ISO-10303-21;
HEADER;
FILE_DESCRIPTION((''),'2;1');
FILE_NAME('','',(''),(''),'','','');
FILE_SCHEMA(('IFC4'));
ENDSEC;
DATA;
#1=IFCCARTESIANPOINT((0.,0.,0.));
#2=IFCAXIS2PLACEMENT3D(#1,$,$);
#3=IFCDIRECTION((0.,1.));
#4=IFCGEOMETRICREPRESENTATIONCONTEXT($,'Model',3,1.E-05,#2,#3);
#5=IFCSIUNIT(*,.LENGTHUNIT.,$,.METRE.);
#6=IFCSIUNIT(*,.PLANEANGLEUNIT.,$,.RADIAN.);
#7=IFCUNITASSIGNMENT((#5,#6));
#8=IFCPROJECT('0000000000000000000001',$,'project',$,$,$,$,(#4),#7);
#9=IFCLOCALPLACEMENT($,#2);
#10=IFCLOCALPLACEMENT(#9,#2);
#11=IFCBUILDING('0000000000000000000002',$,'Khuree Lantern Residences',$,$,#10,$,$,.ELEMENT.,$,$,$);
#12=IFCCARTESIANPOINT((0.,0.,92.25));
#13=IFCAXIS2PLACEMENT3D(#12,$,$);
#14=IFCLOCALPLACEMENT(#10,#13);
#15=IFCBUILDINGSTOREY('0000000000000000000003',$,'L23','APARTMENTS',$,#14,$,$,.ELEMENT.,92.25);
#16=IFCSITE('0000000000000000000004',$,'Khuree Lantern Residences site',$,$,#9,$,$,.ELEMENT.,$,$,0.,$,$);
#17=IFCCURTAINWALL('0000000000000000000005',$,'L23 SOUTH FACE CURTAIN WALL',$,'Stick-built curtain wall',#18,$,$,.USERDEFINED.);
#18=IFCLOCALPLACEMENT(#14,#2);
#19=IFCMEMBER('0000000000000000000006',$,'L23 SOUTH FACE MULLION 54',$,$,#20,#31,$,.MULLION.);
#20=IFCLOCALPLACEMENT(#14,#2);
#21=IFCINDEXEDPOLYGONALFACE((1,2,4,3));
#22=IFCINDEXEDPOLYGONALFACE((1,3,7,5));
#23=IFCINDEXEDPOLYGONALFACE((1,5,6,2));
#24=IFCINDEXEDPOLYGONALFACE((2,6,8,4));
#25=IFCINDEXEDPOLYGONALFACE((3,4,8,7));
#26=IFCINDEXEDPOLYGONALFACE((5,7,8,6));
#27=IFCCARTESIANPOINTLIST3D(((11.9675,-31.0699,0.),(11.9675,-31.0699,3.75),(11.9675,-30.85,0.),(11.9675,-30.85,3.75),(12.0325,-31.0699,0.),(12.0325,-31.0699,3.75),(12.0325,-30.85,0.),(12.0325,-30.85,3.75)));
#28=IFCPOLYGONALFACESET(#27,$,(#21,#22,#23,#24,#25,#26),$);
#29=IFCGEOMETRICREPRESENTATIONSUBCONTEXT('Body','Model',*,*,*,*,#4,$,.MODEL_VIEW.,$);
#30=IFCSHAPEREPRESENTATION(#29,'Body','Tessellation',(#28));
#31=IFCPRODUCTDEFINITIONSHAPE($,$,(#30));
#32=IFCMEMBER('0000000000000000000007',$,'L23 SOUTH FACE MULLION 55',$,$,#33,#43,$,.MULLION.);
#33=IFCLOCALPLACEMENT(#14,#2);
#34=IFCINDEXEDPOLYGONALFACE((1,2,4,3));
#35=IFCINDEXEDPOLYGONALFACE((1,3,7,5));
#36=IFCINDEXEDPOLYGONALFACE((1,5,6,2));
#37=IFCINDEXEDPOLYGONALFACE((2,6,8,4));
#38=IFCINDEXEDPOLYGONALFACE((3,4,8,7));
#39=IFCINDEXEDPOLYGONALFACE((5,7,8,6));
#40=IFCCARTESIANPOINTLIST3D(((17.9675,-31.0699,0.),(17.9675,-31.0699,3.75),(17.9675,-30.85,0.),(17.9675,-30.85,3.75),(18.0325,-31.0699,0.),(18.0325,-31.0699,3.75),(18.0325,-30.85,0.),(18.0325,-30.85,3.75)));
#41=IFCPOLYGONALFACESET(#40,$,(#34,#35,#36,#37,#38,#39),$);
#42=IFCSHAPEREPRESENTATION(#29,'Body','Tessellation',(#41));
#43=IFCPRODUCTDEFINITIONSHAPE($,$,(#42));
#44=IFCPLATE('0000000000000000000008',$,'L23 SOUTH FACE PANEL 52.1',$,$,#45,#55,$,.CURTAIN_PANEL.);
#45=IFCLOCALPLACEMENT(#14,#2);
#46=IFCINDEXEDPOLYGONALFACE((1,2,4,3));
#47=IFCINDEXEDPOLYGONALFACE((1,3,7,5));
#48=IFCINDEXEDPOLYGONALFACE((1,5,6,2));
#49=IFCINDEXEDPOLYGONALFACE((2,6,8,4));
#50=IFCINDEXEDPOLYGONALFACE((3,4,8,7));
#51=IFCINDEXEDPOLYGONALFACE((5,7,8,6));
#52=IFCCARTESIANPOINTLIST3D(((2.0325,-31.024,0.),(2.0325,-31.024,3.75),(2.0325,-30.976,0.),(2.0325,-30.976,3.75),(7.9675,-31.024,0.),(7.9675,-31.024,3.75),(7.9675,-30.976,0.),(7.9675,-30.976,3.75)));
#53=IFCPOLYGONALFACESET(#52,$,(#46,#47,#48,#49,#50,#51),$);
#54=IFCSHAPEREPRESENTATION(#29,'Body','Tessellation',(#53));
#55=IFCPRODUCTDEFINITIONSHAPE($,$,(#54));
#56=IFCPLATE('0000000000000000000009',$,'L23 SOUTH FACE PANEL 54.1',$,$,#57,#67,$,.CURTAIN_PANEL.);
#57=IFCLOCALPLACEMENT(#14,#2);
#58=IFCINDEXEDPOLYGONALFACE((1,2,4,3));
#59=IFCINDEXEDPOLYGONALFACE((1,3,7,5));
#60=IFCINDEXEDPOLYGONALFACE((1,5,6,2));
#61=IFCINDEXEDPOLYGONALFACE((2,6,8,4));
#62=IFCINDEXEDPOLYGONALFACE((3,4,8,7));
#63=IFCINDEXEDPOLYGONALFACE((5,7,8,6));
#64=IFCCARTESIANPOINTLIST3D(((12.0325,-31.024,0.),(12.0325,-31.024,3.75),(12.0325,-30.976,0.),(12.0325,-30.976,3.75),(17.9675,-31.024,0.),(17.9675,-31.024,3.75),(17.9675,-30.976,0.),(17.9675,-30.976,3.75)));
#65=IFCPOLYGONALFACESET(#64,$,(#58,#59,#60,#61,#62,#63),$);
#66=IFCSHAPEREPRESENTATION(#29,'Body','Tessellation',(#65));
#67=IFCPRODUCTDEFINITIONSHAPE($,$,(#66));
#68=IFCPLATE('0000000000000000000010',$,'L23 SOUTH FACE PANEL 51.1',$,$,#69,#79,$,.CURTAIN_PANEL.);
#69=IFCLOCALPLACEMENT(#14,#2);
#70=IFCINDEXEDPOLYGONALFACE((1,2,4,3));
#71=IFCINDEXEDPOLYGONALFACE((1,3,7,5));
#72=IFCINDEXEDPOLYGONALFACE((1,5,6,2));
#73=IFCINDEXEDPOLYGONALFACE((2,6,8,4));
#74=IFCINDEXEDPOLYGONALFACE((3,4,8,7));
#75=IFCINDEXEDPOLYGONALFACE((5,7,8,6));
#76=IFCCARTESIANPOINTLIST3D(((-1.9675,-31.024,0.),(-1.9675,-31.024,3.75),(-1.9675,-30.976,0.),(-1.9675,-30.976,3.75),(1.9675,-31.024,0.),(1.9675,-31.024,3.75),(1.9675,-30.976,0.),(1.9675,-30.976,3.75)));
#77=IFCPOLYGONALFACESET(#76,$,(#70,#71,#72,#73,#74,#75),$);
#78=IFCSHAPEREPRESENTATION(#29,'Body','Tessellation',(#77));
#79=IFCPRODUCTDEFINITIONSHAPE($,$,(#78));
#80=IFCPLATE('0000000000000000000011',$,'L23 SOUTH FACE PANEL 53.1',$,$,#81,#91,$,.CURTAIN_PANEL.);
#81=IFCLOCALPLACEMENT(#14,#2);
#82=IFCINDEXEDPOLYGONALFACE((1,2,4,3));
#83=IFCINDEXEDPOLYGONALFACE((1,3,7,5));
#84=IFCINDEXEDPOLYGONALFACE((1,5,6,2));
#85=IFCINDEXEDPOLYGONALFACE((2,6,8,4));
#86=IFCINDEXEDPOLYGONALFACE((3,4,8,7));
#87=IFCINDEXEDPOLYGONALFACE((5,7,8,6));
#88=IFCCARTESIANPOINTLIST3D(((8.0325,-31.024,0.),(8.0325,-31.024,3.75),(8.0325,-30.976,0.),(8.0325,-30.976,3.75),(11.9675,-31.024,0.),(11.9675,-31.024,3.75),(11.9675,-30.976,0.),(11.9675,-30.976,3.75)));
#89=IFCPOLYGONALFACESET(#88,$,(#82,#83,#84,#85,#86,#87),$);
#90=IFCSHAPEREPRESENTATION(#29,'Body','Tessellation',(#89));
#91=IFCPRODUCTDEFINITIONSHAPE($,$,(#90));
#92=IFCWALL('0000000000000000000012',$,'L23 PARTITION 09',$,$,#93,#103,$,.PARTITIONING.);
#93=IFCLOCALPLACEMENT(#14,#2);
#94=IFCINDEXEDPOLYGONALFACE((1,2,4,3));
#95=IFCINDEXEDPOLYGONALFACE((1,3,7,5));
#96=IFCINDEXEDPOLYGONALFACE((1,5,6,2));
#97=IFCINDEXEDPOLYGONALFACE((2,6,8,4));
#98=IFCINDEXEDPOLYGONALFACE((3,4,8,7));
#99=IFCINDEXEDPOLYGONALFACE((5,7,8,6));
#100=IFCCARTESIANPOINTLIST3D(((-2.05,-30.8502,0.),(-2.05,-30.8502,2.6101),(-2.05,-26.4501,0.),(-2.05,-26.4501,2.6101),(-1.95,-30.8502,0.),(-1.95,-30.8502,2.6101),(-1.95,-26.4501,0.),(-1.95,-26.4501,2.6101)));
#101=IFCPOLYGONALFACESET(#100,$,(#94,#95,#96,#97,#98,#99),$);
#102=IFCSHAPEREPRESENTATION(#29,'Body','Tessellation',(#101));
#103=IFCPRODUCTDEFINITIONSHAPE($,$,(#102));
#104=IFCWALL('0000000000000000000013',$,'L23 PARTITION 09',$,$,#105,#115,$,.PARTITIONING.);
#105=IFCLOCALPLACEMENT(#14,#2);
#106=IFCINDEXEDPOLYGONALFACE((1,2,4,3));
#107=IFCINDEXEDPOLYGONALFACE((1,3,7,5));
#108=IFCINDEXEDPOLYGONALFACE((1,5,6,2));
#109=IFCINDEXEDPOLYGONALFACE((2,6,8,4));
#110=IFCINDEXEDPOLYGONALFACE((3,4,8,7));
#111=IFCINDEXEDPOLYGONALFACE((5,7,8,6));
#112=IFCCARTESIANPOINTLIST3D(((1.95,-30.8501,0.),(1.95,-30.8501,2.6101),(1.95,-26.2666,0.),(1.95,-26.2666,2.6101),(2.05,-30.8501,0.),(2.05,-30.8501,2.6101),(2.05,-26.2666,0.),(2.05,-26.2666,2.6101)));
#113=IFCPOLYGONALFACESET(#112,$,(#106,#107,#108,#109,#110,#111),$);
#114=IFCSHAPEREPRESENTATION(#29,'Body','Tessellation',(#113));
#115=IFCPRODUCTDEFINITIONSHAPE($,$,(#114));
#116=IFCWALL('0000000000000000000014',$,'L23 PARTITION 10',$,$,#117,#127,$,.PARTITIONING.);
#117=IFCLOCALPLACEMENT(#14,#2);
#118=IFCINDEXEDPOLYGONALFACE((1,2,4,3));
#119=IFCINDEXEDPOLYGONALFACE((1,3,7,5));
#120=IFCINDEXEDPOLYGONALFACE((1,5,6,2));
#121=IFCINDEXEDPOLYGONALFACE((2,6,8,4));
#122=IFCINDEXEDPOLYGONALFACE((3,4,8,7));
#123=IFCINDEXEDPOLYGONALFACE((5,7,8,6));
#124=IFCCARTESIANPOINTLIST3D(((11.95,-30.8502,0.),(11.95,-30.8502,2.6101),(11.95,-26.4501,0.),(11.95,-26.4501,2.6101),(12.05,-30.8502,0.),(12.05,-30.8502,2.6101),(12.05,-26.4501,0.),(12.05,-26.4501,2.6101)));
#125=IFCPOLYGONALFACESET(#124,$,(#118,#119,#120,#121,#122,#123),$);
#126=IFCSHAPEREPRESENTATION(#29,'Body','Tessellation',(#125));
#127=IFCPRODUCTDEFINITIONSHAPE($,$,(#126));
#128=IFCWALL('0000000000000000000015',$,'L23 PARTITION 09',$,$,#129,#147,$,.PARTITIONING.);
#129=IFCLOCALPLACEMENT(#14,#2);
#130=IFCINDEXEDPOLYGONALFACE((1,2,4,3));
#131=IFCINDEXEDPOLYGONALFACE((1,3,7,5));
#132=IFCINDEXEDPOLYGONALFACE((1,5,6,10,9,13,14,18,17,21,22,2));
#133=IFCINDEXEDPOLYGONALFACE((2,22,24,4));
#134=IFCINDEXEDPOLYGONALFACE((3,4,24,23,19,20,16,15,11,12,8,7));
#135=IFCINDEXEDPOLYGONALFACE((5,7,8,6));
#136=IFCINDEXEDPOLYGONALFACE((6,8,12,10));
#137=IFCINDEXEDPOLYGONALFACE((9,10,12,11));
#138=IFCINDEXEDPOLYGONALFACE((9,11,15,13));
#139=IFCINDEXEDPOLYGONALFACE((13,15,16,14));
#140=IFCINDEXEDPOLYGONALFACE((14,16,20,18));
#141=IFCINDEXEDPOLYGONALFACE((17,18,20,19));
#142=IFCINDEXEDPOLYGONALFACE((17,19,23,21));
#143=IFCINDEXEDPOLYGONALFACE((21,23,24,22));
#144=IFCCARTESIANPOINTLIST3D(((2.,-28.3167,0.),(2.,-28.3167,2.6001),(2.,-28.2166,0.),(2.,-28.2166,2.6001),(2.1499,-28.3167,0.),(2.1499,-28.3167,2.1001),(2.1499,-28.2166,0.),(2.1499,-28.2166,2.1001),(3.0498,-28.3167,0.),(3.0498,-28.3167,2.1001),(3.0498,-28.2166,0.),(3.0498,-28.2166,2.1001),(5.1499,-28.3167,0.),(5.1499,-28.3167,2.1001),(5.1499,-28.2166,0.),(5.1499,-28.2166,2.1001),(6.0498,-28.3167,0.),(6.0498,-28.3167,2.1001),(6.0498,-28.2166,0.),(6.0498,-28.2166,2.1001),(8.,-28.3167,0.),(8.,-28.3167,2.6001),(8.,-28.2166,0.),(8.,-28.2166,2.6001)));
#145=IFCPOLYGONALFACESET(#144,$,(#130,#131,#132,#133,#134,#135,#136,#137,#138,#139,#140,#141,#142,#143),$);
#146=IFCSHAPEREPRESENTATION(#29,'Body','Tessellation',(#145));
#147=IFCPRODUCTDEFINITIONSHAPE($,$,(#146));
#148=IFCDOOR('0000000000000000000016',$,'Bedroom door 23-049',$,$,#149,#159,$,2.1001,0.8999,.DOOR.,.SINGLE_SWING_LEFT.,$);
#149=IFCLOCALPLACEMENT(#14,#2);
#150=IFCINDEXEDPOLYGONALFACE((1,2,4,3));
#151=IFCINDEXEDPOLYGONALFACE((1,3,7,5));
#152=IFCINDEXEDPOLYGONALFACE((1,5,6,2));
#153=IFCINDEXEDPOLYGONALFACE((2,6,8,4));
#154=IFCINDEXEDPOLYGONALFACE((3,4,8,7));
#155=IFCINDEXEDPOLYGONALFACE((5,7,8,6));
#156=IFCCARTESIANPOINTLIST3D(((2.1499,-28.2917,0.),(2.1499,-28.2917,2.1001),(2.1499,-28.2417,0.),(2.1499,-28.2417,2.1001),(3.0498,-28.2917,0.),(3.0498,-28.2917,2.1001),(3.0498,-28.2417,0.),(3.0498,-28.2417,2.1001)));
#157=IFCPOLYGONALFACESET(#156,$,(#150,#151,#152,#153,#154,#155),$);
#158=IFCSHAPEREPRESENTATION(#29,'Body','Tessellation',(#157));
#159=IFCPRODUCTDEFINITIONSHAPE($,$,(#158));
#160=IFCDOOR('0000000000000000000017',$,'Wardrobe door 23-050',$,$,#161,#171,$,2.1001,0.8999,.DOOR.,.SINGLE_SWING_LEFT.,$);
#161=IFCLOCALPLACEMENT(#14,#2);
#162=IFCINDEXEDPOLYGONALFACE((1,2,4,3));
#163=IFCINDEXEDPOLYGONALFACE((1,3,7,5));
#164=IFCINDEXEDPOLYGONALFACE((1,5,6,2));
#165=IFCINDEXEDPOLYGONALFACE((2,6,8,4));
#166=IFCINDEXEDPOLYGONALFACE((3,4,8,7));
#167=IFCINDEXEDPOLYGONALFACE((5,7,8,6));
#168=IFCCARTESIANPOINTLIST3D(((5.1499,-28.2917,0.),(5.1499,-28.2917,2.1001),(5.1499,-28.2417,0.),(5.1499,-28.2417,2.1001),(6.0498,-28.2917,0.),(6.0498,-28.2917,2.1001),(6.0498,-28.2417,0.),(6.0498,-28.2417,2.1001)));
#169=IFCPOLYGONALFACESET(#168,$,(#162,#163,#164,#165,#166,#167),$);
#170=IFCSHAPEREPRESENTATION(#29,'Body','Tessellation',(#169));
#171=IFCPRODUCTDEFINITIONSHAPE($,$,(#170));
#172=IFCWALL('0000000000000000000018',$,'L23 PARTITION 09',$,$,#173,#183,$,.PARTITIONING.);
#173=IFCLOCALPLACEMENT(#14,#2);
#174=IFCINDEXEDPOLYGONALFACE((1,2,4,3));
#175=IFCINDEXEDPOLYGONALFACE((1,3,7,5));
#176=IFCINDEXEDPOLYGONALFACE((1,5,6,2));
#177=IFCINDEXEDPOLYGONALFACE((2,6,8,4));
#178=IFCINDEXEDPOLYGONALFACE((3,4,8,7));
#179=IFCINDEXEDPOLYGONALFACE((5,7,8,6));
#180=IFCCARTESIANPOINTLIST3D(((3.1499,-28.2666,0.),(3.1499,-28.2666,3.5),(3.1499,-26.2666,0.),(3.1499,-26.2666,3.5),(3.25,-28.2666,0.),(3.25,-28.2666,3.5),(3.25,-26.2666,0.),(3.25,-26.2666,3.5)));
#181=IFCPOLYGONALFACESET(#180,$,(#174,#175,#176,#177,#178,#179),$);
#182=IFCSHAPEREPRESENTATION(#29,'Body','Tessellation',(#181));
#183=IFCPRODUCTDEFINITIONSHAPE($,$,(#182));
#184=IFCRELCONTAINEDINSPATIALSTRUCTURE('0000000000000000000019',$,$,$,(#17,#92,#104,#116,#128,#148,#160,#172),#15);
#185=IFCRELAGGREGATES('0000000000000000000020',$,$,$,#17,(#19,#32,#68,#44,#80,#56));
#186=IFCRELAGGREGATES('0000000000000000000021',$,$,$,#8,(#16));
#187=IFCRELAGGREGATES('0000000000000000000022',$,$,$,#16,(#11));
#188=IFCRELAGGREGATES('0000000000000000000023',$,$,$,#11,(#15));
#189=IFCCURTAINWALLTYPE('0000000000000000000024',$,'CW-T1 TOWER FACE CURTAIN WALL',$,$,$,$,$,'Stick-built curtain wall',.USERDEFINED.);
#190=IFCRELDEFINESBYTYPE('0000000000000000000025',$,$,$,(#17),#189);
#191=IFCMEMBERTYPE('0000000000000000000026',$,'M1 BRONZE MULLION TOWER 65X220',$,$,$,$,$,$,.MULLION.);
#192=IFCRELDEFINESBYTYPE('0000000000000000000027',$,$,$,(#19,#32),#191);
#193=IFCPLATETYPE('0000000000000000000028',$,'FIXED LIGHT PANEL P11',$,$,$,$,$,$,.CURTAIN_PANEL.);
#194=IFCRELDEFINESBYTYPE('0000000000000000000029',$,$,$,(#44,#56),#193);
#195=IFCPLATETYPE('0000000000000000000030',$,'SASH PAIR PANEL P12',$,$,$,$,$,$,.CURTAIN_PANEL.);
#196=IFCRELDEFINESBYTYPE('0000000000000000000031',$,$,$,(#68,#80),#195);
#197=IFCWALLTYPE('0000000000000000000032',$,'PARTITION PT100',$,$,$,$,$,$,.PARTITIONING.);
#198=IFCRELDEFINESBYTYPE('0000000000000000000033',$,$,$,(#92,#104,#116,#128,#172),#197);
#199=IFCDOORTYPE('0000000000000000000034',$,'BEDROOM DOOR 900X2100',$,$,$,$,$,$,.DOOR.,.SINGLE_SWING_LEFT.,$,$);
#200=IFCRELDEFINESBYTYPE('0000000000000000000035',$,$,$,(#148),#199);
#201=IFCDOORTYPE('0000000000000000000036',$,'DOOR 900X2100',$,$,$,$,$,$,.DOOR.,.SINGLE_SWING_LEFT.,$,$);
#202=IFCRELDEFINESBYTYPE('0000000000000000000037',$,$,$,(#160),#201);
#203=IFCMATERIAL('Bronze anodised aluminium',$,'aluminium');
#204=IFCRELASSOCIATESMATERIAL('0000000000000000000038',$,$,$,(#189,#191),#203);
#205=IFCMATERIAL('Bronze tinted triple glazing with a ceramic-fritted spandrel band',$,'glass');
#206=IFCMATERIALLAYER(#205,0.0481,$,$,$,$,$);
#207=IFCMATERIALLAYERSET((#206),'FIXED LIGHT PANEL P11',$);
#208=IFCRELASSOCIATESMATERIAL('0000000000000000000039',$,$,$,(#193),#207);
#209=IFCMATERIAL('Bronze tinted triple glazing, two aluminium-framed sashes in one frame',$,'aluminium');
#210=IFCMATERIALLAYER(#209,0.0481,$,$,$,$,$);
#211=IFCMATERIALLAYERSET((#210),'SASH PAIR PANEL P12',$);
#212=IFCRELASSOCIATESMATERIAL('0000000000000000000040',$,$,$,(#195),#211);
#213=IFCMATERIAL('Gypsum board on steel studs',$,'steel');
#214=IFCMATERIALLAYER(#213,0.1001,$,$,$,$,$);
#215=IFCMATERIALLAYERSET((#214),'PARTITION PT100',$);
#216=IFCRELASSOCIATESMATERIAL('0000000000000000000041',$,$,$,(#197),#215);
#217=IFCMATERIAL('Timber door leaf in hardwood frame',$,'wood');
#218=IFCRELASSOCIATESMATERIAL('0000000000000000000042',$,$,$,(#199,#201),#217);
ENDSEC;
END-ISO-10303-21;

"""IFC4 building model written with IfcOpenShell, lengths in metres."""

from ifc_helpers import new_model, si_unit, direction, frame, frame_2d, origin, origin_2d, place, context, subcontext, project, spatial, rectangle, extrude, material, layer, layer_set, material_profile, profile_set, type_object, element, fill, aggregate, save


model = new_model("IFC4")

# Units and contexts
model_context = context("Model", 3, precision=1e-05, world=origin(), true_north=direction((0.0, 1.0)))
body_context = subcontext(model_context, "Body", "Model", "MODEL_VIEW")
ifc_project = project(units=[si_unit("LENGTHUNIT", "METRE"), si_unit("PLANEANGLEUNIT", "RADIAN")], contexts=[model_context])

# Site, building, storey
site_placement = place(None, origin())
site = spatial("IfcSite", under=ifc_project, at=site_placement, Name="Khuree Lantern Residences site", CompositionType="ELEMENT", RefElevation=0.0)
building_placement = place(site_placement, origin())
building = spatial("IfcBuilding", under=site, at=building_placement, Name="Khuree Lantern Residences", CompositionType="ELEMENT")
storey_placement = place(building_placement, frame((0.0, 0.0, 92.25)))
storey = spatial("IfcBuildingStorey", under=building, at=storey_placement, Name="L23", Description="APARTMENTS", CompositionType="ELEMENT", Elevation=92.25)

# Curtain wall
ifc_material_1 = material(Name="Bronze anodised aluminium", Category="aluminium")
curtain_wall_type = type_object("IfcCurtainWallType", Name="CW-T1 TOWER FACE CURTAIN WALL", ElementType="Stick-built curtain wall", PredefinedType="USERDEFINED", material=ifc_material_1)
curtain_wall_placement = place(storey_placement, origin())
curtain_wall = element("IfcCurtainWall", 1, at=curtain_wall_placement, inside=storey, type_object=curtain_wall_type, Name="L23 SOUTH FACE CURTAIN WALL", ObjectType="Stick-built curtain wall", PredefinedType="USERDEFINED")

# Members
ifc_material_profile_1 = material_profile(ifc_material_1, rectangle(XDim=0.0649, YDim=0.22, at=origin_2d()), Name="M1 65X220")
ifc_profile_set_1 = profile_set([ifc_material_profile_1], Name="Bronze anodised aluminium")
member_type_1 = type_object("IfcMemberType", Name="M1 BRONZE MULLION TOWER 65X220", PredefinedType="MULLION", material=ifc_profile_set_1)
member_1_placement = place(storey_placement, frame((12.0, -30.96, 0.0), z_axis=(0.0, 0.0, 1.0), x_axis=(1.0, 0.0, 0.0)))
member_1 = element("IfcMember", 2, at=member_1_placement, type_object=member_type_1, Name="L23 SOUTH FACE MULLION 54", PredefinedType="MULLION", context=body_context, shape_type="SweptSolid", body=[
    extrude(rectangle(XDim=0.0649, YDim=0.22, at=origin_2d()), origin(), (0.0, 0.0, 1.0), 3.75),
])
member_2_placement = place(storey_placement, frame((18.0, -30.96, 0.0), z_axis=(0.0, 0.0, 1.0), x_axis=(1.0, 0.0, 0.0)))
member_2 = element("IfcMember", 3, at=member_2_placement, type_object=member_type_1, Name="L23 SOUTH FACE MULLION 55", PredefinedType="MULLION", context=body_context, shape_type="SweptSolid", body=[
    extrude(rectangle(XDim=0.0649, YDim=0.22, at=origin_2d()), origin(), (0.0, 0.0, 1.0), 3.75),
])

# Plates
ifc_material_2 = material(Name="Bronze tinted triple glazing with a ceramic-fritted spandrel band", Category="glass")
ifc_layer_1 = layer(ifc_material_2, 0.0481)
ifc_layer_set_1 = layer_set([ifc_layer_1], Name="FIXED LIGHT PANEL P11")
plate_type_1 = type_object("IfcPlateType", Name="FIXED LIGHT PANEL P11", PredefinedType="CURTAIN_PANEL", material=ifc_layer_set_1)
plate_1_placement = place(storey_placement, frame((5.0, -31.0, 0.0), z_axis=(0.0, 0.0, 1.0), x_axis=(1.0, 0.0, 0.0)))
plate_1 = element("IfcPlate", 4, at=plate_1_placement, type_object=plate_type_1, Name="L23 SOUTH FACE PANEL 52.1", PredefinedType="CURTAIN_PANEL", context=body_context, shape_type="SweptSolid", body=[
    extrude(rectangle(XDim=5.9351, YDim=0.0481, at=origin_2d()), origin(), (0.0, 0.0, 1.0), 3.75),
])
plate_2_placement = place(storey_placement, frame((15.0, -31.0, 0.0), z_axis=(0.0, 0.0, 1.0), x_axis=(1.0, 0.0, 0.0)))
plate_2 = element("IfcPlate", 5, at=plate_2_placement, type_object=plate_type_1, Name="L23 SOUTH FACE PANEL 54.1", PredefinedType="CURTAIN_PANEL", context=body_context, shape_type="SweptSolid", body=[
    extrude(rectangle(XDim=5.9351, YDim=0.0481, at=origin_2d()), origin(), (0.0, 0.0, 1.0), 3.75),
])
ifc_material_3 = material(Name="Bronze tinted triple glazing, two aluminium-framed sashes in one frame", Category="aluminium")
ifc_layer_2 = layer(ifc_material_3, 0.0481)
ifc_layer_set_2 = layer_set([ifc_layer_2], Name="SASH PAIR PANEL P12")
plate_type_2 = type_object("IfcPlateType", Name="SASH PAIR PANEL P12", PredefinedType="CURTAIN_PANEL", material=ifc_layer_set_2)
plate_3_placement = place(storey_placement, frame((0.0, -31.0, 0.0), z_axis=(0.0, 0.0, 1.0), x_axis=(1.0, 0.0, 0.0)))
plate_3 = element("IfcPlate", 6, at=plate_3_placement, type_object=plate_type_2, Name="L23 SOUTH FACE PANEL 51.1", PredefinedType="CURTAIN_PANEL", context=body_context, shape_type="SweptSolid", body=[
    extrude(rectangle(XDim=3.9351, YDim=0.0481, at=origin_2d()), origin(), (0.0, 0.0, 1.0), 3.75),
])
plate_4_placement = place(storey_placement, frame((10.0, -31.0, 0.0), z_axis=(0.0, 0.0, 1.0), x_axis=(1.0, 0.0, 0.0)))
plate_4 = element("IfcPlate", 7, at=plate_4_placement, type_object=plate_type_2, Name="L23 SOUTH FACE PANEL 53.1", PredefinedType="CURTAIN_PANEL", context=body_context, shape_type="SweptSolid", body=[
    extrude(rectangle(XDim=3.9351, YDim=0.0481, at=origin_2d()), origin(), (0.0, 0.0, 1.0), 3.75),
])
aggregate(curtain_wall, [member_1, member_2, plate_3, plate_1, plate_4, plate_2])

# Walls
ifc_material_4 = material(Name="Gypsum board on steel studs", Category="steel")
ifc_layer_3 = layer(ifc_material_4, 0.1001)
ifc_layer_set_3 = layer_set([ifc_layer_3], Name="PARTITION PT100")
wall_type = type_object("IfcWallType", Name="PARTITION PT100", PredefinedType="PARTITIONING", material=ifc_layer_set_3)
wall_1_placement = place(storey_placement, frame((-2.0, -26.45, 0.0), z_axis=(0.0, 0.0, 1.0), x_axis=(0.0, -1.0, 0.0)))
element("IfcWall", 8, at=wall_1_placement, inside=storey, type_object=wall_type, Name="L23 PARTITION 09", PredefinedType="PARTITIONING", context=body_context, shape_type="SweptSolid", body=[
    extrude(rectangle(XDim=4.4001, YDim=0.1001, at=frame_2d((2.2002, 0.0))), origin(), (0.0, 0.0, 1.0), 2.6101),
])
wall_2_placement = place(storey_placement, frame((2.0, -26.2666, 0.0), z_axis=(0.0, 0.0, 1.0), x_axis=(0.0, -1.0, 0.0)))
element("IfcWall", 9, at=wall_2_placement, inside=storey, type_object=wall_type, Name="L23 PARTITION 09", PredefinedType="PARTITIONING", context=body_context, shape_type="SweptSolid", body=[
    extrude(rectangle(XDim=4.5835, YDim=0.1001, at=frame_2d((2.2917, 0.0))), origin(), (0.0, 0.0, 1.0), 2.6101),
])
wall_3_placement = place(storey_placement, frame((12.0, -26.45, 0.0), z_axis=(0.0, 0.0, 1.0), x_axis=(0.0, -1.0, 0.0)))
element("IfcWall", 10, at=wall_3_placement, inside=storey, type_object=wall_type, Name="L23 PARTITION 10", PredefinedType="PARTITIONING", context=body_context, shape_type="SweptSolid", body=[
    extrude(rectangle(XDim=4.4001, YDim=0.1001, at=frame_2d((2.2002, 0.0))), origin(), (0.0, 0.0, 1.0), 2.6101),
])

# Wall, openings, doors
wall_4_placement = place(storey_placement, frame((2.0, -28.2666, 0.0), z_axis=(0.0, 0.0, 1.0), x_axis=(1.0, 0.0, 0.0)))
wall_4 = element("IfcWall", 11, at=wall_4_placement, inside=storey, type_object=wall_type, Name="L23 PARTITION 09", PredefinedType="PARTITIONING", context=body_context, shape_type="SweptSolid", body=[
    extrude(rectangle(XDim=6.0, YDim=0.1001, at=frame_2d((3.0, 0.0))), origin(), (0.0, 0.0, 1.0), 2.6001),
])
opening_1_placement = place(wall_4_placement, frame((0.1499, 0.0, 0.0)))
opening_1 = element("IfcOpeningElement", 12, at=opening_1_placement, cuts=wall_4, PredefinedType="OPENING", context=body_context, shape_type="SweptSolid", body=[
    extrude(rectangle(XDim=0.8999, YDim=2.1001, at=frame_2d((0.45, 1.05))), frame((0.0, 0.0601, 0.0), z_axis=(0.0, -1.0, 0.0), x_axis=(1.0, 0.0, 0.0)), (0.0, 0.0, 1.0), 0.1201),
])
opening_2_placement = place(wall_4_placement, frame((3.1499, 0.0, 0.0)))
opening_2 = element("IfcOpeningElement", 13, at=opening_2_placement, cuts=wall_4, PredefinedType="OPENING", context=body_context, shape_type="SweptSolid", body=[
    extrude(rectangle(XDim=0.8999, YDim=2.1001, at=frame_2d((0.45, 1.05))), frame((0.0, 0.0601, 0.0), z_axis=(0.0, -1.0, 0.0), x_axis=(1.0, 0.0, 0.0)), (0.0, 0.0, 1.0), 0.1201),
])
ifc_material_5 = material(Name="Timber door leaf in hardwood frame", Category="wood")
door_type_1 = type_object("IfcDoorType", Name="BEDROOM DOOR 900X2100", OperationType="SINGLE_SWING_LEFT", PredefinedType="DOOR", material=ifc_material_5)
door_1_placement = place(opening_1_placement, origin())
door_1 = element("IfcDoor", 14, at=door_1_placement, inside=storey, type_object=door_type_1, Name="Bedroom door 23-049", OperationType="SINGLE_SWING_LEFT", OverallHeight=2.1001, OverallWidth=0.8999, PredefinedType="DOOR", context=body_context, shape_type="SweptSolid", body=[
    extrude(rectangle(XDim=0.8999, YDim=2.1001, at=frame_2d((0.45, 1.05))), frame((0.0, 0.0249, 0.0), z_axis=(0.0, -1.0, 0.0), x_axis=(1.0, 0.0, 0.0)), (0.0, 0.0, 1.0), 0.05),
])
fill(opening_1, door_1)
door_type_2 = type_object("IfcDoorType", Name="DOOR 900X2100", OperationType="SINGLE_SWING_LEFT", PredefinedType="DOOR", material=ifc_material_5)
door_2_placement = place(opening_2_placement, origin())
door_2 = element("IfcDoor", 15, at=door_2_placement, inside=storey, type_object=door_type_2, Name="Wardrobe door 23-050", OperationType="SINGLE_SWING_LEFT", OverallHeight=2.1001, OverallWidth=0.8999, PredefinedType="DOOR", context=body_context, shape_type="SweptSolid", body=[
    extrude(rectangle(XDim=0.8999, YDim=2.1001, at=frame_2d((0.45, 1.05))), frame((0.0, 0.0249, 0.0), z_axis=(0.0, -1.0, 0.0), x_axis=(1.0, 0.0, 0.0)), (0.0, 0.0, 1.0), 0.05),
])
fill(opening_2, door_2)

# Wall
wall_5_placement = place(storey_placement, frame((3.2, -26.2666, 0.0), z_axis=(0.0, 0.0, 1.0), x_axis=(0.0, -1.0, 0.0)))
element("IfcWall", 16, at=wall_5_placement, inside=storey, type_object=wall_type, Name="L23 PARTITION 09", PredefinedType="PARTITIONING", context=body_context, shape_type="SweptSolid", body=[
    extrude(rectangle(XDim=2.0, YDim=0.1001, at=frame_2d((1.0, 0.0))), origin(), (0.0, 0.0, 1.0), 3.5),
])

save(model, "model.ifc")
